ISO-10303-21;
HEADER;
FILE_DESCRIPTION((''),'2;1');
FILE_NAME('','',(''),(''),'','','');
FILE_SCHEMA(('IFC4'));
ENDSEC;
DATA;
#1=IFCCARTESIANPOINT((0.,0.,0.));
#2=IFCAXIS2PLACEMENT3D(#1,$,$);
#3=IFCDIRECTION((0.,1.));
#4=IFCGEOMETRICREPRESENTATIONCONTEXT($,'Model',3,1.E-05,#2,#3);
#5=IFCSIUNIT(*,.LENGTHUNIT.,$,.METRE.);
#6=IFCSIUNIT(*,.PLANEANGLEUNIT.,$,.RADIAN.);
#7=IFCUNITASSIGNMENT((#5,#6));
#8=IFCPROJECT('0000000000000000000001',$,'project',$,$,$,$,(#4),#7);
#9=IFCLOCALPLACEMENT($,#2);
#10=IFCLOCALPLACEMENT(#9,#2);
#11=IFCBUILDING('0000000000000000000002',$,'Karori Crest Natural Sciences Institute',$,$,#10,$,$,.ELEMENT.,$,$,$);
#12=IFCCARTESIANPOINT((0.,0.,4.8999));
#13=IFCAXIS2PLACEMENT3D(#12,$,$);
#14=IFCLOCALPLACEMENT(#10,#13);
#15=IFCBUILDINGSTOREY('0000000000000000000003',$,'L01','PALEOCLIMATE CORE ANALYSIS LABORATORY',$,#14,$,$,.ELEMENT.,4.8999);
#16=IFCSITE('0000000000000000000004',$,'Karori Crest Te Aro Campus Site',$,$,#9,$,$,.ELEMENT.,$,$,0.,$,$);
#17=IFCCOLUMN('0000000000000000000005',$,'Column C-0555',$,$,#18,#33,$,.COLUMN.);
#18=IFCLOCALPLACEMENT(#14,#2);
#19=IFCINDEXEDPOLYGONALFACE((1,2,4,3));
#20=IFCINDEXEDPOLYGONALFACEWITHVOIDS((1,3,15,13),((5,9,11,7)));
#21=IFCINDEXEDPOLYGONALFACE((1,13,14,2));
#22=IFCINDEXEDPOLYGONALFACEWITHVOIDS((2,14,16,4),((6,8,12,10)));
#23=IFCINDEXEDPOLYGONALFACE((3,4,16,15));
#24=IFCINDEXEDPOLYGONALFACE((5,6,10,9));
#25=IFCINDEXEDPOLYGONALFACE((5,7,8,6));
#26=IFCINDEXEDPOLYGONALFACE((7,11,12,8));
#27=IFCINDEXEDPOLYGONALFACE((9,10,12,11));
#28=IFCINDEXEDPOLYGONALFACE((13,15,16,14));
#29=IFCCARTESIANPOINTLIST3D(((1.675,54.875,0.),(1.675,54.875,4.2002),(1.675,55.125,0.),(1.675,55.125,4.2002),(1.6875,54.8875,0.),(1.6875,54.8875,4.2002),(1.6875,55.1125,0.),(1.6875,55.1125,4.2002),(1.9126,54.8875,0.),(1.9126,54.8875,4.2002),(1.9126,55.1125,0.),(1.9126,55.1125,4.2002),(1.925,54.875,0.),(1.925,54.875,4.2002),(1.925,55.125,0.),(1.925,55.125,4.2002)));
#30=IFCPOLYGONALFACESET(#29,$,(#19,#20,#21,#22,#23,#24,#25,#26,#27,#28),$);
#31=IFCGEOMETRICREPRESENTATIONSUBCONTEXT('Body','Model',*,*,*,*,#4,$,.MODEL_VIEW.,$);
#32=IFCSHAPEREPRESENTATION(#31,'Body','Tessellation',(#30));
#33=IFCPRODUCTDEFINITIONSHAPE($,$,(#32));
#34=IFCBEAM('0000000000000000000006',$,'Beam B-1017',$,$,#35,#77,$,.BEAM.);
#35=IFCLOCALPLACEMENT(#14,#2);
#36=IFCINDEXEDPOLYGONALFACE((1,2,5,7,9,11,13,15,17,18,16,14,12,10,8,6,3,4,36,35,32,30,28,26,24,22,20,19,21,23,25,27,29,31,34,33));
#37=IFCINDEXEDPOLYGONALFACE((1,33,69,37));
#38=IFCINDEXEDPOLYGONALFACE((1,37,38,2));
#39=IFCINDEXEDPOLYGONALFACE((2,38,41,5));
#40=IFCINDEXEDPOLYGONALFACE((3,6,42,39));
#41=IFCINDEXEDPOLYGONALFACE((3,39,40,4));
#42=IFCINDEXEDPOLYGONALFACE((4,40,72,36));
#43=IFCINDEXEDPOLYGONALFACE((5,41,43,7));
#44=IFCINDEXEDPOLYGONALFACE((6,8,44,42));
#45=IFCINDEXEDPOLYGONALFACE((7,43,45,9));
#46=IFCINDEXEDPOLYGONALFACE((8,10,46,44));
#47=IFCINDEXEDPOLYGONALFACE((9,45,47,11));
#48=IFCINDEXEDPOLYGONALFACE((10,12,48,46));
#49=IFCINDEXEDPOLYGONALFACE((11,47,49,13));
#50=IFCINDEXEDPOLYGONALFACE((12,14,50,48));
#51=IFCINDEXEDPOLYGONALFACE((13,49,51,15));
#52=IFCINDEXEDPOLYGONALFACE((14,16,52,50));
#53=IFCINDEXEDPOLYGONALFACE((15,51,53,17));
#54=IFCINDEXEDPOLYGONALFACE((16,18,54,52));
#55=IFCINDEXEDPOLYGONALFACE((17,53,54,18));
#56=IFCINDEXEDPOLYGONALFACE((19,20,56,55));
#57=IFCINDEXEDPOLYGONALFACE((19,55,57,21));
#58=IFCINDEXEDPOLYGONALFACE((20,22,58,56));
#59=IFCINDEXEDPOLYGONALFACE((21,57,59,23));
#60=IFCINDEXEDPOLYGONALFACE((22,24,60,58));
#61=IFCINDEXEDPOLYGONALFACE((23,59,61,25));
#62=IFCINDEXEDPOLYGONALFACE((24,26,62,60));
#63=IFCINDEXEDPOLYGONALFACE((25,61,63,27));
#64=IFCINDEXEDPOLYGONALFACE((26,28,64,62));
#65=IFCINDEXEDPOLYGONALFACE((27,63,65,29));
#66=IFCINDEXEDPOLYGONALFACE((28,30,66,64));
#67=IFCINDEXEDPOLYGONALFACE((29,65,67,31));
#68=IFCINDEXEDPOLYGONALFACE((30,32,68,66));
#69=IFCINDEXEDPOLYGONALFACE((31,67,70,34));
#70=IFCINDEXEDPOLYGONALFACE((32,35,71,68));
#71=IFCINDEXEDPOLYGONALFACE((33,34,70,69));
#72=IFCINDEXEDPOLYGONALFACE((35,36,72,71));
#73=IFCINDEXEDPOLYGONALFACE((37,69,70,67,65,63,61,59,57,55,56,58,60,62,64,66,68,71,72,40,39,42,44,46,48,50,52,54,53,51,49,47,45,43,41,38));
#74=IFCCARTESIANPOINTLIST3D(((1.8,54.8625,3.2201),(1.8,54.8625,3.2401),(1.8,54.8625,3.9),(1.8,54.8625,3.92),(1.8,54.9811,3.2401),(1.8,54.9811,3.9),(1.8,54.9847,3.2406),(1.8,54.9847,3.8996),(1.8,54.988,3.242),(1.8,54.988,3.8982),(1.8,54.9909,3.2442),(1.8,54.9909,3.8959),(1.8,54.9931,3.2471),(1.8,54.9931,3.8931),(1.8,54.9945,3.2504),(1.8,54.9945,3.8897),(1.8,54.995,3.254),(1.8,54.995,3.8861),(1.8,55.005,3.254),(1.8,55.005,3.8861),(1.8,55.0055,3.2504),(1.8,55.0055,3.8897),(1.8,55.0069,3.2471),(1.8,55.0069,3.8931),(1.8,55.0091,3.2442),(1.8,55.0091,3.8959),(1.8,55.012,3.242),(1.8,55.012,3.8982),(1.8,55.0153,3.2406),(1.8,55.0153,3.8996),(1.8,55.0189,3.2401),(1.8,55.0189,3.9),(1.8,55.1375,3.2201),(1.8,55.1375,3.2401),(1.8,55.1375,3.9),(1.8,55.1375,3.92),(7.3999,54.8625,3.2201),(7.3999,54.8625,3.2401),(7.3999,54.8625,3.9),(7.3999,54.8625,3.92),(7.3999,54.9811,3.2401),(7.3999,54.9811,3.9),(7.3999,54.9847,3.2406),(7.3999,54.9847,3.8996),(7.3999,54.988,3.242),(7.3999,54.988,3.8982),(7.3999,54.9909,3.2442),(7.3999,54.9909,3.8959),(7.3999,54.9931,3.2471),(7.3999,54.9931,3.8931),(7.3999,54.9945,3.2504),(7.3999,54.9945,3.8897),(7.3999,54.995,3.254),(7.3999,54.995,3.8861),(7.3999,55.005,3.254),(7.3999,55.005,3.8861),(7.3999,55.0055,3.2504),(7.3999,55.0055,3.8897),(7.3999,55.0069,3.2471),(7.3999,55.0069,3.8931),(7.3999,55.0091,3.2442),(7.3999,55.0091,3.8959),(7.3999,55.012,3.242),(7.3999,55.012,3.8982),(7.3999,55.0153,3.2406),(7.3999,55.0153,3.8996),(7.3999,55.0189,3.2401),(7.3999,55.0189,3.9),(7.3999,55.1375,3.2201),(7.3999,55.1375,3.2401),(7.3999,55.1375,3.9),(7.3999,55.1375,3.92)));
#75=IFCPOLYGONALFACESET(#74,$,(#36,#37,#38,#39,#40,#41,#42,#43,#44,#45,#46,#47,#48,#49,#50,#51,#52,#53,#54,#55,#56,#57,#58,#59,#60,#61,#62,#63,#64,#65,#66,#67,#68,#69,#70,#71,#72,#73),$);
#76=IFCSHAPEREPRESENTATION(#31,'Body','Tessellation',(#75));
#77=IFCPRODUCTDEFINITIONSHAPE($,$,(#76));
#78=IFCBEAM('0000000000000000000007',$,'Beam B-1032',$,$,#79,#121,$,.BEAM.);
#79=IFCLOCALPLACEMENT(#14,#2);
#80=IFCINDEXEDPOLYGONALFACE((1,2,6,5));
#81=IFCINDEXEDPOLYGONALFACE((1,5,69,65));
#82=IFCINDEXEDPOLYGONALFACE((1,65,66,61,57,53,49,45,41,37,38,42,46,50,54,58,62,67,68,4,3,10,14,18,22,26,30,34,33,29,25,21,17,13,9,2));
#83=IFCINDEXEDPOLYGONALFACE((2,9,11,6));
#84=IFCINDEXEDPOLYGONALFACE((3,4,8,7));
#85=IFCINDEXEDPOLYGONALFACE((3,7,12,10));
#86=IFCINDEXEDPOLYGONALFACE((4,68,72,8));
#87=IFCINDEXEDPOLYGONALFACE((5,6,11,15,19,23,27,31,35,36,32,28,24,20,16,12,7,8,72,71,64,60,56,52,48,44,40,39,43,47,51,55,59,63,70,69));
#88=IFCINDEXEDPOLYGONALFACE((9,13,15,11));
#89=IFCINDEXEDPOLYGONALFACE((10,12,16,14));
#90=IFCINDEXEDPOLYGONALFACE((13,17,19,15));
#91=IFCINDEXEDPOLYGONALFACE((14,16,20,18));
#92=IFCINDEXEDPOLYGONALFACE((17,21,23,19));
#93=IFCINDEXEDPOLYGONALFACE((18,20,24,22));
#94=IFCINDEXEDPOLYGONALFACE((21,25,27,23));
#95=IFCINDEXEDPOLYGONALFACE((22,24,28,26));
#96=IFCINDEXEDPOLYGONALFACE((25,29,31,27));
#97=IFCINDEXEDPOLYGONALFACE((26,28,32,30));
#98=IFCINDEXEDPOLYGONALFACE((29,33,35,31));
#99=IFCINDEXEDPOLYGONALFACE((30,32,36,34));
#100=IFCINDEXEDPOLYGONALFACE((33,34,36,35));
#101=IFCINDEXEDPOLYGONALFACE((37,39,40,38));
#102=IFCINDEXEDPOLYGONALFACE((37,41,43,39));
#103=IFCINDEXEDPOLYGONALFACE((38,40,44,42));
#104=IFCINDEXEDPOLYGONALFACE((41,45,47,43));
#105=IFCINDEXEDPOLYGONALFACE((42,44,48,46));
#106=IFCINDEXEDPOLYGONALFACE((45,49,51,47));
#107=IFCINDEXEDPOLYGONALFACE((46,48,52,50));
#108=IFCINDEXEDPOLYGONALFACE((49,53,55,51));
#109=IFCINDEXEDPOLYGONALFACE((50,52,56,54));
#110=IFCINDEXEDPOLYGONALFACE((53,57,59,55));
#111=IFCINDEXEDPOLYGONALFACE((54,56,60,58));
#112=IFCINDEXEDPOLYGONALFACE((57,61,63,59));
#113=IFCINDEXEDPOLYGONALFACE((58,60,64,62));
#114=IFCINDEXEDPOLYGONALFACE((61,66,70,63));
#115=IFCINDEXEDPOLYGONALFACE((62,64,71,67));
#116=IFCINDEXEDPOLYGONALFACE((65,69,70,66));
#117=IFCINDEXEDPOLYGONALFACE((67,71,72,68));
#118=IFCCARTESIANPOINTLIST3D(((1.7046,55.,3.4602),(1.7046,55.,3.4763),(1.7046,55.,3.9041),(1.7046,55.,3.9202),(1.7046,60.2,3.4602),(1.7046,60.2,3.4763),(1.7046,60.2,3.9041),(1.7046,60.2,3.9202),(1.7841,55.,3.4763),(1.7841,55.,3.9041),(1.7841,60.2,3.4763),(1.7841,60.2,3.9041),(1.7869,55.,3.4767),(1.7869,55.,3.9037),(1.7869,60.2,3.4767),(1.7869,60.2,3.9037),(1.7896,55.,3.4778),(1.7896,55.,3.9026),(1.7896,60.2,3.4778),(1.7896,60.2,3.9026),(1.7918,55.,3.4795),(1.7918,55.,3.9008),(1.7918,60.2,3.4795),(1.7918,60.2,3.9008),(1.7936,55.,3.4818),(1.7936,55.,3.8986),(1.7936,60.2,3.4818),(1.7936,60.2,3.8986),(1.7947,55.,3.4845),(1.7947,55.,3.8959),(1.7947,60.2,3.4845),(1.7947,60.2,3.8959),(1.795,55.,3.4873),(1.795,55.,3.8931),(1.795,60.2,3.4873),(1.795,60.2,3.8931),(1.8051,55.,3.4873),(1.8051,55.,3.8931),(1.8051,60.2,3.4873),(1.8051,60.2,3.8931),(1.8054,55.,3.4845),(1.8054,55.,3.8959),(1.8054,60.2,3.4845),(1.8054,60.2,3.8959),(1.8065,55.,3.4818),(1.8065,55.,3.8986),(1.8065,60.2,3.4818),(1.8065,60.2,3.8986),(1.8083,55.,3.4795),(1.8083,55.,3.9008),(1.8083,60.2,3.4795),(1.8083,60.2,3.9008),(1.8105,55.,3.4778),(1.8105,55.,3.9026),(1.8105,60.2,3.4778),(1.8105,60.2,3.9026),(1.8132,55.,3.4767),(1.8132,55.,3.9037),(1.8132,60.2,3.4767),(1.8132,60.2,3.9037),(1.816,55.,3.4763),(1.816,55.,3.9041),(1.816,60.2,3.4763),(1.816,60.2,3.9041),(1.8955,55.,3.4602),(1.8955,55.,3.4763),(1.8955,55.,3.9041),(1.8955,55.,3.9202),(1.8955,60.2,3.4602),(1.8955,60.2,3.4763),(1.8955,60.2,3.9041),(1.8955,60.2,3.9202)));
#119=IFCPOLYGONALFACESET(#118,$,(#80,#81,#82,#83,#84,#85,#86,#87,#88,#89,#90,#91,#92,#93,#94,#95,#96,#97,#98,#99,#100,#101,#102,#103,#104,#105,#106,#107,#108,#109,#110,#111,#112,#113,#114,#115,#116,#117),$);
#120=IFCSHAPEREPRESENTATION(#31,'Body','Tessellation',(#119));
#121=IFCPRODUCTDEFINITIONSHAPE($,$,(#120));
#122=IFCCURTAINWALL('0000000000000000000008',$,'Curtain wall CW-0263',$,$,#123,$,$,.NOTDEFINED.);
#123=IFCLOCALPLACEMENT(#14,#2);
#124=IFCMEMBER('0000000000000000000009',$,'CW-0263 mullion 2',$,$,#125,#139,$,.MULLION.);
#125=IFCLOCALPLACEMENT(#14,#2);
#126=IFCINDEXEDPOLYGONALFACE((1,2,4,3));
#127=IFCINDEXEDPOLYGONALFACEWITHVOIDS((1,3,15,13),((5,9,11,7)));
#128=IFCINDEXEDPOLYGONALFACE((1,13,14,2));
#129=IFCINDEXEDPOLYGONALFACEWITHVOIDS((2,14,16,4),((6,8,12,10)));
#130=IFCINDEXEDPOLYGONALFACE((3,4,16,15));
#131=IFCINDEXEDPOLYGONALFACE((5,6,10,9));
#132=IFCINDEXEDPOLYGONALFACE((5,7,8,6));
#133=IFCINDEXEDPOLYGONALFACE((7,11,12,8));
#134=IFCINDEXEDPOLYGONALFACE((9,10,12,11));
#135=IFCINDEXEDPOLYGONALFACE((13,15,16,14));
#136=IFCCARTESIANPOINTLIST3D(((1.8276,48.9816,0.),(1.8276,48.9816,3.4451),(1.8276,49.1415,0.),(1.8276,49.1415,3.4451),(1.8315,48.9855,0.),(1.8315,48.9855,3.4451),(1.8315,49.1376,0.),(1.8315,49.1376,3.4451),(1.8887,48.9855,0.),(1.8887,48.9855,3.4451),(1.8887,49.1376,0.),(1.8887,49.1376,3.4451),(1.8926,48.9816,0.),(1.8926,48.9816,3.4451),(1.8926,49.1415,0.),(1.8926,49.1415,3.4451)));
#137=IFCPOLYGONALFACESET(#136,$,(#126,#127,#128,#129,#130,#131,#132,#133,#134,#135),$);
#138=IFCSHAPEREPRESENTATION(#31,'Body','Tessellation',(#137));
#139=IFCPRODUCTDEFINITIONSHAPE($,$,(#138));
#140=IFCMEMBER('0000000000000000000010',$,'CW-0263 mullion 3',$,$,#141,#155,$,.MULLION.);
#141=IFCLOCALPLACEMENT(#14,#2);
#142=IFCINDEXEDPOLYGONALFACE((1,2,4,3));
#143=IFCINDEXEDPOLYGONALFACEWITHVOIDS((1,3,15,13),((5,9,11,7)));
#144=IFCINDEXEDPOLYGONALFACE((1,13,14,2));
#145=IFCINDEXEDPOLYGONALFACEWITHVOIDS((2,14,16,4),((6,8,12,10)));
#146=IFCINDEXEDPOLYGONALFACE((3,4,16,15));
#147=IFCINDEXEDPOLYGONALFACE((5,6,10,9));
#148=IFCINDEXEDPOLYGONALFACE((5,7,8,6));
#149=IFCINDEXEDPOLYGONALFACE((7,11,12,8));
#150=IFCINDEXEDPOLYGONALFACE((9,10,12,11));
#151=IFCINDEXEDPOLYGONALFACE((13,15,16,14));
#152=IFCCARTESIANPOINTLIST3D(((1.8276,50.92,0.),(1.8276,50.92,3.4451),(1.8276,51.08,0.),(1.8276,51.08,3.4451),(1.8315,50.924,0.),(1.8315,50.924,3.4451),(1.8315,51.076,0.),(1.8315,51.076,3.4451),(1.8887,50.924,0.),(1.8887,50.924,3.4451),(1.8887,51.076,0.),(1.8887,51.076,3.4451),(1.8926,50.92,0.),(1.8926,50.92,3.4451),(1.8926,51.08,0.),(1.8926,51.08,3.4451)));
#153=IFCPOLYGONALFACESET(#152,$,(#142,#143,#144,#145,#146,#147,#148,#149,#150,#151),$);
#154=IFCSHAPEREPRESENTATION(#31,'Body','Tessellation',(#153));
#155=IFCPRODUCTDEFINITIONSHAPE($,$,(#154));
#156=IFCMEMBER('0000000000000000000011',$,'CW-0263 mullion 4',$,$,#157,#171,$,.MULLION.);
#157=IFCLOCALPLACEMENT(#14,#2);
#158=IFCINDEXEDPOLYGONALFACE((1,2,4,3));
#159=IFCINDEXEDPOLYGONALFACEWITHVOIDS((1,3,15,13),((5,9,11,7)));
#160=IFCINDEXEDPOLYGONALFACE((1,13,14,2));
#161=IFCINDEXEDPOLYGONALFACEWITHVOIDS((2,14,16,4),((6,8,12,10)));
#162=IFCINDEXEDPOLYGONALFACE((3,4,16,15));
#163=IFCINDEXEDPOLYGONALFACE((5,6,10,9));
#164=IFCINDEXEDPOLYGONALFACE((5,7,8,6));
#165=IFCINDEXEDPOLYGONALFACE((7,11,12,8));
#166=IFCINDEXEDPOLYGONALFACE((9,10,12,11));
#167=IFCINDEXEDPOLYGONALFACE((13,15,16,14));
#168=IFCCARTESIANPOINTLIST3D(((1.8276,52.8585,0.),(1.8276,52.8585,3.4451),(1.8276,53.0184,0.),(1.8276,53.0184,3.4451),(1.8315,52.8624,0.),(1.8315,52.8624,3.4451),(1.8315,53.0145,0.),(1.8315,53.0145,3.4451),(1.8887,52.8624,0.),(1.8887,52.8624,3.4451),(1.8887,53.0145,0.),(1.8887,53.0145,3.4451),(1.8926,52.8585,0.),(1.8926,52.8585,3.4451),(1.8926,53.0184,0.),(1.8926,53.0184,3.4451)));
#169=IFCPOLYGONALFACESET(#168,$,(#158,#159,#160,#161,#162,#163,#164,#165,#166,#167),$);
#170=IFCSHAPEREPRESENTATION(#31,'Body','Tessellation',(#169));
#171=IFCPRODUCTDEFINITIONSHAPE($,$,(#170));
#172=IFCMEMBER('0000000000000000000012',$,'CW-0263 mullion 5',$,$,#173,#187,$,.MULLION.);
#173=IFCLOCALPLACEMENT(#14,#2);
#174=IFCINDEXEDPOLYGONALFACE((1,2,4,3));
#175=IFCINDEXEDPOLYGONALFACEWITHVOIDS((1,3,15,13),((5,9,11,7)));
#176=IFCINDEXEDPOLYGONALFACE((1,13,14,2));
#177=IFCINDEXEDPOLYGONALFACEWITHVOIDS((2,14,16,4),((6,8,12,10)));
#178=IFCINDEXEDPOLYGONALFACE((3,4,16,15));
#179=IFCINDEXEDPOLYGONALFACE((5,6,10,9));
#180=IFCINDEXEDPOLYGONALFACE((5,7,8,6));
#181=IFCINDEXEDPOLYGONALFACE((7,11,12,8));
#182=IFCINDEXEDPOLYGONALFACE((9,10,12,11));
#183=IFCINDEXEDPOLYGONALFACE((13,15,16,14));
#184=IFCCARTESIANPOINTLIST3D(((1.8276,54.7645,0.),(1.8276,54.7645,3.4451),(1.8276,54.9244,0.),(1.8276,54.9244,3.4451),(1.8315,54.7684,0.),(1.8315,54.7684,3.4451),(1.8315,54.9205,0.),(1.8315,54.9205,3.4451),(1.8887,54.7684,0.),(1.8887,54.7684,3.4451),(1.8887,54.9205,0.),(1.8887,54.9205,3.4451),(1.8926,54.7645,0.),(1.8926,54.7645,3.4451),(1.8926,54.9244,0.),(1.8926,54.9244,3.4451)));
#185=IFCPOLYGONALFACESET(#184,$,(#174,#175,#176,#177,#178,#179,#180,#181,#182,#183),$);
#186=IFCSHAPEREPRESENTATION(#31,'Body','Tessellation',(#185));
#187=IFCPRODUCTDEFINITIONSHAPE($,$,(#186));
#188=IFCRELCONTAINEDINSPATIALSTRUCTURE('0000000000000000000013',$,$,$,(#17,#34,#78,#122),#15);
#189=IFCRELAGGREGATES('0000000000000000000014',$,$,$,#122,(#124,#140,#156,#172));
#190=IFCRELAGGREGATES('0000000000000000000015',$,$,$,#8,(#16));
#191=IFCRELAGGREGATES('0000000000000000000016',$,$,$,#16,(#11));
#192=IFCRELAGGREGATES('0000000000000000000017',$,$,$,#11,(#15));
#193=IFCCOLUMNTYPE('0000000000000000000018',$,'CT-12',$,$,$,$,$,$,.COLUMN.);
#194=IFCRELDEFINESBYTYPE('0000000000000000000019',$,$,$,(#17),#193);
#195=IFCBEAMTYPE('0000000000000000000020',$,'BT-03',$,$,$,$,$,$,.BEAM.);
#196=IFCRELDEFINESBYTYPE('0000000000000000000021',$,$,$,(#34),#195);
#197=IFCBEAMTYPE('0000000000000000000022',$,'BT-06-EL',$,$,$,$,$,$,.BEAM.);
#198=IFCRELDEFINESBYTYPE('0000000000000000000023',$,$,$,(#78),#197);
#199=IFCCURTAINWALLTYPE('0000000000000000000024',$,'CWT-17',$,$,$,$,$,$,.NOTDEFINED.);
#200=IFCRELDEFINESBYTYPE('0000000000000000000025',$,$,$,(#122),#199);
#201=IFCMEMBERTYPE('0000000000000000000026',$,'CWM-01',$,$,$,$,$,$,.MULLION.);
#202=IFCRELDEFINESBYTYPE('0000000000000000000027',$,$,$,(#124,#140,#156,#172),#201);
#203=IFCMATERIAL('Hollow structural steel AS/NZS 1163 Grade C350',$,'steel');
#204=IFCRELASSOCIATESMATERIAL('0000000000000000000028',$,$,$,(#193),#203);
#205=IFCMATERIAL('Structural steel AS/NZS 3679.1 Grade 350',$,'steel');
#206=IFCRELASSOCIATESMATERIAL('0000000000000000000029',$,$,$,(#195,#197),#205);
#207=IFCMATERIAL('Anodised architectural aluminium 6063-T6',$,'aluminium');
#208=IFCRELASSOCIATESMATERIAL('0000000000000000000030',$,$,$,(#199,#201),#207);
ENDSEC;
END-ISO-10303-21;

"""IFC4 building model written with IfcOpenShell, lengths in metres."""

from ifc_helpers import new_model, si_unit, direction, frame, origin, origin_2d, place, context, subcontext, project, spatial, hollow_rectangle, i_section, extrude, material, material_profile, profile_set, type_object, element, aggregate, save


model = new_model("IFC4")

# Units and contexts
model_context = context("Model", 3, precision=1e-05, world=origin(), true_north=direction((0.0, 1.0)))
body_context = subcontext(model_context, "Body", "Model", "MODEL_VIEW")
ifc_project = project(units=[si_unit("LENGTHUNIT", "METRE"), si_unit("PLANEANGLEUNIT", "RADIAN")], contexts=[model_context])

# Site, building, storey
site_placement = place(None, origin())
site = spatial("IfcSite", under=ifc_project, at=site_placement, Name="Karori Crest Te Aro Campus Site", CompositionType="ELEMENT", RefElevation=0.0)
building_placement = place(site_placement, origin())
building = spatial("IfcBuilding", under=site, at=building_placement, Name="Karori Crest Natural Sciences Institute", CompositionType="ELEMENT")
storey_placement = place(building_placement, frame((0.0, 0.0, 4.8999)))
storey = spatial("IfcBuildingStorey", under=building, at=storey_placement, Name="L01", Description="PALEOCLIMATE CORE ANALYSIS LABORATORY", CompositionType="ELEMENT", Elevation=4.8999)

# Column
ifc_material_1 = material(Name="Hollow structural steel AS/NZS 1163 Grade C350", Category="steel")
ifc_material_profile_1 = material_profile(ifc_material_1, hollow_rectangle(XDim=0.25, YDim=0.25, WallThickness=0.0125, at=origin_2d()), Name="SHS250x250x12.5")
ifc_profile_set_1 = profile_set([ifc_material_profile_1], Name="Hollow structural steel AS/NZS 1163 Grade C350")
column_type = type_object("IfcColumnType", Name="CT-12", PredefinedType="COLUMN", material=ifc_profile_set_1)
column_placement = place(storey_placement, frame((1.8, 55.0, 0.0), z_axis=(0.0, 0.0, 1.0), x_axis=(1.0, 0.0, 0.0)))
element("IfcColumn", 1, at=column_placement, inside=storey, type_object=column_type, Name="Column C-0555", PredefinedType="COLUMN", context=body_context, shape_type="SweptSolid", body=[
    extrude(hollow_rectangle(XDim=0.25, YDim=0.25, WallThickness=0.0125, at=origin_2d()), origin(), (0.0, 0.0, 1.0), 4.2002),
])

# Beams
ifc_material_2 = material(Name="Structural steel AS/NZS 3679.1 Grade 350", Category="steel")
ifc_material_profile_2 = material_profile(ifc_material_2, i_section(OverallWidth=0.2749, OverallDepth=0.7, WebThickness=0.01, FlangeThickness=0.02, FilletRadius=0.0139, at=origin_2d()), Name="700WB150")
ifc_profile_set_2 = profile_set([ifc_material_profile_2], Name="Structural steel AS/NZS 3679.1 Grade 350")
beam_type_1 = type_object("IfcBeamType", Name="BT-03", PredefinedType="BEAM", material=ifc_profile_set_2)
beam_1_placement = place(storey_placement, frame((1.8, 55.0, 3.5701), z_axis=(1.0, 0.0, 0.0), x_axis=(0.0, 1.0, 0.0)))
element("IfcBeam", 2, at=beam_1_placement, inside=storey, type_object=beam_type_1, Name="Beam B-1017", PredefinedType="BEAM", context=body_context, shape_type="SweptSolid", body=[
    extrude(i_section(OverallWidth=0.2749, OverallDepth=0.7, WebThickness=0.01, FlangeThickness=0.02, FilletRadius=0.0139, at=origin_2d()), origin(), (0.0, 0.0, 1.0), 5.5999),
])
ifc_material_profile_3 = material_profile(ifc_material_2, i_section(OverallWidth=0.1909, OverallDepth=0.46, WebThickness=0.01, FlangeThickness=0.0161, FilletRadius=0.011, at=origin_2d()), Name="460UB82.1")
ifc_profile_set_3 = profile_set([ifc_material_profile_3], Name="Structural steel AS/NZS 3679.1 Grade 350")
beam_type_2 = type_object("IfcBeamType", Name="BT-06-EL", PredefinedType="BEAM", material=ifc_profile_set_3)
beam_2_placement = place(storey_placement, frame((1.8, 55.0, 3.6902), z_axis=(0.0, 1.0, 0.0), x_axis=(-1.0, 0.0, 0.0)))
element("IfcBeam", 3, at=beam_2_placement, inside=storey, type_object=beam_type_2, Name="Beam B-1032", PredefinedType="BEAM", context=body_context, shape_type="SweptSolid", body=[
    extrude(i_section(OverallWidth=0.1909, OverallDepth=0.46, WebThickness=0.01, FlangeThickness=0.0161, FilletRadius=0.011, at=origin_2d()), origin(), (0.0, 0.0, 1.0), 5.2),
])

# Curtain wall, members
ifc_material_3 = material(Name="Anodised architectural aluminium 6063-T6", Category="aluminium")
curtain_wall_type = type_object("IfcCurtainWallType", Name="CWT-17", PredefinedType="NOTDEFINED", material=ifc_material_3)
curtain_wall_1_placement = place(storey_placement, origin())
curtain_wall_1 = element("IfcCurtainWall", 4, at=curtain_wall_1_placement, inside=storey, type_object=curtain_wall_type, Name="Curtain wall CW-0263", PredefinedType="NOTDEFINED")
ifc_material_profile_4 = material_profile(ifc_material_3, hollow_rectangle(XDim=0.0649, YDim=0.1599, WallThickness=0.0039, at=origin_2d()), Name="CWM160x65x4")
ifc_profile_set_4 = profile_set([ifc_material_profile_4], Name="Anodised architectural aluminium 6063-T6")
member_type_1 = type_object("IfcMemberType", Name="CWM-01", PredefinedType="MULLION", material=ifc_profile_set_4)
member_1_placement = place(storey_placement, frame((1.8601, 49.0615, 0.0), z_axis=(0.0, 0.0, 1.0), x_axis=(-1.0, 0.0, 0.0)))
member_1 = element("IfcMember", 5, at=member_1_placement, type_object=member_type_1, Name="CW-0263 mullion 2", PredefinedType="MULLION", context=body_context, shape_type="SweptSolid", body=[
    extrude(hollow_rectangle(XDim=0.0649, YDim=0.1599, WallThickness=0.0039, at=origin_2d()), origin(), (0.0, 0.0, 1.0), 3.4451),
])
member_2_placement = place(storey_placement, frame((1.8601, 51.0, 0.0), z_axis=(0.0, 0.0, 1.0), x_axis=(-1.0, 0.0, 0.0)))
member_2 = element("IfcMember", 6, at=member_2_placement, type_object=member_type_1, Name="CW-0263 mullion 3", PredefinedType="MULLION", context=body_context, shape_type="SweptSolid", body=[
    extrude(hollow_rectangle(XDim=0.0649, YDim=0.1599, WallThickness=0.0039, at=origin_2d()), origin(), (0.0, 0.0, 1.0), 3.4451),
])
member_3_placement = place(storey_placement, frame((1.8601, 52.9385, 0.0), z_axis=(0.0, 0.0, 1.0), x_axis=(-1.0, 0.0, 0.0)))
member_3 = element("IfcMember", 7, at=member_3_placement, type_object=member_type_1, Name="CW-0263 mullion 4", PredefinedType="MULLION", context=body_context, shape_type="SweptSolid", body=[
    extrude(hollow_rectangle(XDim=0.0649, YDim=0.1599, WallThickness=0.0039, at=origin_2d()), origin(), (0.0, 0.0, 1.0), 3.4451),
])
member_4_placement = place(storey_placement, frame((1.8601, 54.8445, 0.0), z_axis=(0.0, 0.0, 1.0), x_axis=(-1.0, 0.0, 0.0)))
member_4 = element("IfcMember", 8, at=member_4_placement, type_object=member_type_1, Name="CW-0263 mullion 5", PredefinedType="MULLION", context=body_context, shape_type="SweptSolid", body=[
    extrude(hollow_rectangle(XDim=0.0649, YDim=0.1599, WallThickness=0.0039, at=origin_2d()), origin(), (0.0, 0.0, 1.0), 3.4451),
])

aggregate(curtain_wall_1, [member_1, member_2, member_3, member_4])

save(model, "model.ifc")
